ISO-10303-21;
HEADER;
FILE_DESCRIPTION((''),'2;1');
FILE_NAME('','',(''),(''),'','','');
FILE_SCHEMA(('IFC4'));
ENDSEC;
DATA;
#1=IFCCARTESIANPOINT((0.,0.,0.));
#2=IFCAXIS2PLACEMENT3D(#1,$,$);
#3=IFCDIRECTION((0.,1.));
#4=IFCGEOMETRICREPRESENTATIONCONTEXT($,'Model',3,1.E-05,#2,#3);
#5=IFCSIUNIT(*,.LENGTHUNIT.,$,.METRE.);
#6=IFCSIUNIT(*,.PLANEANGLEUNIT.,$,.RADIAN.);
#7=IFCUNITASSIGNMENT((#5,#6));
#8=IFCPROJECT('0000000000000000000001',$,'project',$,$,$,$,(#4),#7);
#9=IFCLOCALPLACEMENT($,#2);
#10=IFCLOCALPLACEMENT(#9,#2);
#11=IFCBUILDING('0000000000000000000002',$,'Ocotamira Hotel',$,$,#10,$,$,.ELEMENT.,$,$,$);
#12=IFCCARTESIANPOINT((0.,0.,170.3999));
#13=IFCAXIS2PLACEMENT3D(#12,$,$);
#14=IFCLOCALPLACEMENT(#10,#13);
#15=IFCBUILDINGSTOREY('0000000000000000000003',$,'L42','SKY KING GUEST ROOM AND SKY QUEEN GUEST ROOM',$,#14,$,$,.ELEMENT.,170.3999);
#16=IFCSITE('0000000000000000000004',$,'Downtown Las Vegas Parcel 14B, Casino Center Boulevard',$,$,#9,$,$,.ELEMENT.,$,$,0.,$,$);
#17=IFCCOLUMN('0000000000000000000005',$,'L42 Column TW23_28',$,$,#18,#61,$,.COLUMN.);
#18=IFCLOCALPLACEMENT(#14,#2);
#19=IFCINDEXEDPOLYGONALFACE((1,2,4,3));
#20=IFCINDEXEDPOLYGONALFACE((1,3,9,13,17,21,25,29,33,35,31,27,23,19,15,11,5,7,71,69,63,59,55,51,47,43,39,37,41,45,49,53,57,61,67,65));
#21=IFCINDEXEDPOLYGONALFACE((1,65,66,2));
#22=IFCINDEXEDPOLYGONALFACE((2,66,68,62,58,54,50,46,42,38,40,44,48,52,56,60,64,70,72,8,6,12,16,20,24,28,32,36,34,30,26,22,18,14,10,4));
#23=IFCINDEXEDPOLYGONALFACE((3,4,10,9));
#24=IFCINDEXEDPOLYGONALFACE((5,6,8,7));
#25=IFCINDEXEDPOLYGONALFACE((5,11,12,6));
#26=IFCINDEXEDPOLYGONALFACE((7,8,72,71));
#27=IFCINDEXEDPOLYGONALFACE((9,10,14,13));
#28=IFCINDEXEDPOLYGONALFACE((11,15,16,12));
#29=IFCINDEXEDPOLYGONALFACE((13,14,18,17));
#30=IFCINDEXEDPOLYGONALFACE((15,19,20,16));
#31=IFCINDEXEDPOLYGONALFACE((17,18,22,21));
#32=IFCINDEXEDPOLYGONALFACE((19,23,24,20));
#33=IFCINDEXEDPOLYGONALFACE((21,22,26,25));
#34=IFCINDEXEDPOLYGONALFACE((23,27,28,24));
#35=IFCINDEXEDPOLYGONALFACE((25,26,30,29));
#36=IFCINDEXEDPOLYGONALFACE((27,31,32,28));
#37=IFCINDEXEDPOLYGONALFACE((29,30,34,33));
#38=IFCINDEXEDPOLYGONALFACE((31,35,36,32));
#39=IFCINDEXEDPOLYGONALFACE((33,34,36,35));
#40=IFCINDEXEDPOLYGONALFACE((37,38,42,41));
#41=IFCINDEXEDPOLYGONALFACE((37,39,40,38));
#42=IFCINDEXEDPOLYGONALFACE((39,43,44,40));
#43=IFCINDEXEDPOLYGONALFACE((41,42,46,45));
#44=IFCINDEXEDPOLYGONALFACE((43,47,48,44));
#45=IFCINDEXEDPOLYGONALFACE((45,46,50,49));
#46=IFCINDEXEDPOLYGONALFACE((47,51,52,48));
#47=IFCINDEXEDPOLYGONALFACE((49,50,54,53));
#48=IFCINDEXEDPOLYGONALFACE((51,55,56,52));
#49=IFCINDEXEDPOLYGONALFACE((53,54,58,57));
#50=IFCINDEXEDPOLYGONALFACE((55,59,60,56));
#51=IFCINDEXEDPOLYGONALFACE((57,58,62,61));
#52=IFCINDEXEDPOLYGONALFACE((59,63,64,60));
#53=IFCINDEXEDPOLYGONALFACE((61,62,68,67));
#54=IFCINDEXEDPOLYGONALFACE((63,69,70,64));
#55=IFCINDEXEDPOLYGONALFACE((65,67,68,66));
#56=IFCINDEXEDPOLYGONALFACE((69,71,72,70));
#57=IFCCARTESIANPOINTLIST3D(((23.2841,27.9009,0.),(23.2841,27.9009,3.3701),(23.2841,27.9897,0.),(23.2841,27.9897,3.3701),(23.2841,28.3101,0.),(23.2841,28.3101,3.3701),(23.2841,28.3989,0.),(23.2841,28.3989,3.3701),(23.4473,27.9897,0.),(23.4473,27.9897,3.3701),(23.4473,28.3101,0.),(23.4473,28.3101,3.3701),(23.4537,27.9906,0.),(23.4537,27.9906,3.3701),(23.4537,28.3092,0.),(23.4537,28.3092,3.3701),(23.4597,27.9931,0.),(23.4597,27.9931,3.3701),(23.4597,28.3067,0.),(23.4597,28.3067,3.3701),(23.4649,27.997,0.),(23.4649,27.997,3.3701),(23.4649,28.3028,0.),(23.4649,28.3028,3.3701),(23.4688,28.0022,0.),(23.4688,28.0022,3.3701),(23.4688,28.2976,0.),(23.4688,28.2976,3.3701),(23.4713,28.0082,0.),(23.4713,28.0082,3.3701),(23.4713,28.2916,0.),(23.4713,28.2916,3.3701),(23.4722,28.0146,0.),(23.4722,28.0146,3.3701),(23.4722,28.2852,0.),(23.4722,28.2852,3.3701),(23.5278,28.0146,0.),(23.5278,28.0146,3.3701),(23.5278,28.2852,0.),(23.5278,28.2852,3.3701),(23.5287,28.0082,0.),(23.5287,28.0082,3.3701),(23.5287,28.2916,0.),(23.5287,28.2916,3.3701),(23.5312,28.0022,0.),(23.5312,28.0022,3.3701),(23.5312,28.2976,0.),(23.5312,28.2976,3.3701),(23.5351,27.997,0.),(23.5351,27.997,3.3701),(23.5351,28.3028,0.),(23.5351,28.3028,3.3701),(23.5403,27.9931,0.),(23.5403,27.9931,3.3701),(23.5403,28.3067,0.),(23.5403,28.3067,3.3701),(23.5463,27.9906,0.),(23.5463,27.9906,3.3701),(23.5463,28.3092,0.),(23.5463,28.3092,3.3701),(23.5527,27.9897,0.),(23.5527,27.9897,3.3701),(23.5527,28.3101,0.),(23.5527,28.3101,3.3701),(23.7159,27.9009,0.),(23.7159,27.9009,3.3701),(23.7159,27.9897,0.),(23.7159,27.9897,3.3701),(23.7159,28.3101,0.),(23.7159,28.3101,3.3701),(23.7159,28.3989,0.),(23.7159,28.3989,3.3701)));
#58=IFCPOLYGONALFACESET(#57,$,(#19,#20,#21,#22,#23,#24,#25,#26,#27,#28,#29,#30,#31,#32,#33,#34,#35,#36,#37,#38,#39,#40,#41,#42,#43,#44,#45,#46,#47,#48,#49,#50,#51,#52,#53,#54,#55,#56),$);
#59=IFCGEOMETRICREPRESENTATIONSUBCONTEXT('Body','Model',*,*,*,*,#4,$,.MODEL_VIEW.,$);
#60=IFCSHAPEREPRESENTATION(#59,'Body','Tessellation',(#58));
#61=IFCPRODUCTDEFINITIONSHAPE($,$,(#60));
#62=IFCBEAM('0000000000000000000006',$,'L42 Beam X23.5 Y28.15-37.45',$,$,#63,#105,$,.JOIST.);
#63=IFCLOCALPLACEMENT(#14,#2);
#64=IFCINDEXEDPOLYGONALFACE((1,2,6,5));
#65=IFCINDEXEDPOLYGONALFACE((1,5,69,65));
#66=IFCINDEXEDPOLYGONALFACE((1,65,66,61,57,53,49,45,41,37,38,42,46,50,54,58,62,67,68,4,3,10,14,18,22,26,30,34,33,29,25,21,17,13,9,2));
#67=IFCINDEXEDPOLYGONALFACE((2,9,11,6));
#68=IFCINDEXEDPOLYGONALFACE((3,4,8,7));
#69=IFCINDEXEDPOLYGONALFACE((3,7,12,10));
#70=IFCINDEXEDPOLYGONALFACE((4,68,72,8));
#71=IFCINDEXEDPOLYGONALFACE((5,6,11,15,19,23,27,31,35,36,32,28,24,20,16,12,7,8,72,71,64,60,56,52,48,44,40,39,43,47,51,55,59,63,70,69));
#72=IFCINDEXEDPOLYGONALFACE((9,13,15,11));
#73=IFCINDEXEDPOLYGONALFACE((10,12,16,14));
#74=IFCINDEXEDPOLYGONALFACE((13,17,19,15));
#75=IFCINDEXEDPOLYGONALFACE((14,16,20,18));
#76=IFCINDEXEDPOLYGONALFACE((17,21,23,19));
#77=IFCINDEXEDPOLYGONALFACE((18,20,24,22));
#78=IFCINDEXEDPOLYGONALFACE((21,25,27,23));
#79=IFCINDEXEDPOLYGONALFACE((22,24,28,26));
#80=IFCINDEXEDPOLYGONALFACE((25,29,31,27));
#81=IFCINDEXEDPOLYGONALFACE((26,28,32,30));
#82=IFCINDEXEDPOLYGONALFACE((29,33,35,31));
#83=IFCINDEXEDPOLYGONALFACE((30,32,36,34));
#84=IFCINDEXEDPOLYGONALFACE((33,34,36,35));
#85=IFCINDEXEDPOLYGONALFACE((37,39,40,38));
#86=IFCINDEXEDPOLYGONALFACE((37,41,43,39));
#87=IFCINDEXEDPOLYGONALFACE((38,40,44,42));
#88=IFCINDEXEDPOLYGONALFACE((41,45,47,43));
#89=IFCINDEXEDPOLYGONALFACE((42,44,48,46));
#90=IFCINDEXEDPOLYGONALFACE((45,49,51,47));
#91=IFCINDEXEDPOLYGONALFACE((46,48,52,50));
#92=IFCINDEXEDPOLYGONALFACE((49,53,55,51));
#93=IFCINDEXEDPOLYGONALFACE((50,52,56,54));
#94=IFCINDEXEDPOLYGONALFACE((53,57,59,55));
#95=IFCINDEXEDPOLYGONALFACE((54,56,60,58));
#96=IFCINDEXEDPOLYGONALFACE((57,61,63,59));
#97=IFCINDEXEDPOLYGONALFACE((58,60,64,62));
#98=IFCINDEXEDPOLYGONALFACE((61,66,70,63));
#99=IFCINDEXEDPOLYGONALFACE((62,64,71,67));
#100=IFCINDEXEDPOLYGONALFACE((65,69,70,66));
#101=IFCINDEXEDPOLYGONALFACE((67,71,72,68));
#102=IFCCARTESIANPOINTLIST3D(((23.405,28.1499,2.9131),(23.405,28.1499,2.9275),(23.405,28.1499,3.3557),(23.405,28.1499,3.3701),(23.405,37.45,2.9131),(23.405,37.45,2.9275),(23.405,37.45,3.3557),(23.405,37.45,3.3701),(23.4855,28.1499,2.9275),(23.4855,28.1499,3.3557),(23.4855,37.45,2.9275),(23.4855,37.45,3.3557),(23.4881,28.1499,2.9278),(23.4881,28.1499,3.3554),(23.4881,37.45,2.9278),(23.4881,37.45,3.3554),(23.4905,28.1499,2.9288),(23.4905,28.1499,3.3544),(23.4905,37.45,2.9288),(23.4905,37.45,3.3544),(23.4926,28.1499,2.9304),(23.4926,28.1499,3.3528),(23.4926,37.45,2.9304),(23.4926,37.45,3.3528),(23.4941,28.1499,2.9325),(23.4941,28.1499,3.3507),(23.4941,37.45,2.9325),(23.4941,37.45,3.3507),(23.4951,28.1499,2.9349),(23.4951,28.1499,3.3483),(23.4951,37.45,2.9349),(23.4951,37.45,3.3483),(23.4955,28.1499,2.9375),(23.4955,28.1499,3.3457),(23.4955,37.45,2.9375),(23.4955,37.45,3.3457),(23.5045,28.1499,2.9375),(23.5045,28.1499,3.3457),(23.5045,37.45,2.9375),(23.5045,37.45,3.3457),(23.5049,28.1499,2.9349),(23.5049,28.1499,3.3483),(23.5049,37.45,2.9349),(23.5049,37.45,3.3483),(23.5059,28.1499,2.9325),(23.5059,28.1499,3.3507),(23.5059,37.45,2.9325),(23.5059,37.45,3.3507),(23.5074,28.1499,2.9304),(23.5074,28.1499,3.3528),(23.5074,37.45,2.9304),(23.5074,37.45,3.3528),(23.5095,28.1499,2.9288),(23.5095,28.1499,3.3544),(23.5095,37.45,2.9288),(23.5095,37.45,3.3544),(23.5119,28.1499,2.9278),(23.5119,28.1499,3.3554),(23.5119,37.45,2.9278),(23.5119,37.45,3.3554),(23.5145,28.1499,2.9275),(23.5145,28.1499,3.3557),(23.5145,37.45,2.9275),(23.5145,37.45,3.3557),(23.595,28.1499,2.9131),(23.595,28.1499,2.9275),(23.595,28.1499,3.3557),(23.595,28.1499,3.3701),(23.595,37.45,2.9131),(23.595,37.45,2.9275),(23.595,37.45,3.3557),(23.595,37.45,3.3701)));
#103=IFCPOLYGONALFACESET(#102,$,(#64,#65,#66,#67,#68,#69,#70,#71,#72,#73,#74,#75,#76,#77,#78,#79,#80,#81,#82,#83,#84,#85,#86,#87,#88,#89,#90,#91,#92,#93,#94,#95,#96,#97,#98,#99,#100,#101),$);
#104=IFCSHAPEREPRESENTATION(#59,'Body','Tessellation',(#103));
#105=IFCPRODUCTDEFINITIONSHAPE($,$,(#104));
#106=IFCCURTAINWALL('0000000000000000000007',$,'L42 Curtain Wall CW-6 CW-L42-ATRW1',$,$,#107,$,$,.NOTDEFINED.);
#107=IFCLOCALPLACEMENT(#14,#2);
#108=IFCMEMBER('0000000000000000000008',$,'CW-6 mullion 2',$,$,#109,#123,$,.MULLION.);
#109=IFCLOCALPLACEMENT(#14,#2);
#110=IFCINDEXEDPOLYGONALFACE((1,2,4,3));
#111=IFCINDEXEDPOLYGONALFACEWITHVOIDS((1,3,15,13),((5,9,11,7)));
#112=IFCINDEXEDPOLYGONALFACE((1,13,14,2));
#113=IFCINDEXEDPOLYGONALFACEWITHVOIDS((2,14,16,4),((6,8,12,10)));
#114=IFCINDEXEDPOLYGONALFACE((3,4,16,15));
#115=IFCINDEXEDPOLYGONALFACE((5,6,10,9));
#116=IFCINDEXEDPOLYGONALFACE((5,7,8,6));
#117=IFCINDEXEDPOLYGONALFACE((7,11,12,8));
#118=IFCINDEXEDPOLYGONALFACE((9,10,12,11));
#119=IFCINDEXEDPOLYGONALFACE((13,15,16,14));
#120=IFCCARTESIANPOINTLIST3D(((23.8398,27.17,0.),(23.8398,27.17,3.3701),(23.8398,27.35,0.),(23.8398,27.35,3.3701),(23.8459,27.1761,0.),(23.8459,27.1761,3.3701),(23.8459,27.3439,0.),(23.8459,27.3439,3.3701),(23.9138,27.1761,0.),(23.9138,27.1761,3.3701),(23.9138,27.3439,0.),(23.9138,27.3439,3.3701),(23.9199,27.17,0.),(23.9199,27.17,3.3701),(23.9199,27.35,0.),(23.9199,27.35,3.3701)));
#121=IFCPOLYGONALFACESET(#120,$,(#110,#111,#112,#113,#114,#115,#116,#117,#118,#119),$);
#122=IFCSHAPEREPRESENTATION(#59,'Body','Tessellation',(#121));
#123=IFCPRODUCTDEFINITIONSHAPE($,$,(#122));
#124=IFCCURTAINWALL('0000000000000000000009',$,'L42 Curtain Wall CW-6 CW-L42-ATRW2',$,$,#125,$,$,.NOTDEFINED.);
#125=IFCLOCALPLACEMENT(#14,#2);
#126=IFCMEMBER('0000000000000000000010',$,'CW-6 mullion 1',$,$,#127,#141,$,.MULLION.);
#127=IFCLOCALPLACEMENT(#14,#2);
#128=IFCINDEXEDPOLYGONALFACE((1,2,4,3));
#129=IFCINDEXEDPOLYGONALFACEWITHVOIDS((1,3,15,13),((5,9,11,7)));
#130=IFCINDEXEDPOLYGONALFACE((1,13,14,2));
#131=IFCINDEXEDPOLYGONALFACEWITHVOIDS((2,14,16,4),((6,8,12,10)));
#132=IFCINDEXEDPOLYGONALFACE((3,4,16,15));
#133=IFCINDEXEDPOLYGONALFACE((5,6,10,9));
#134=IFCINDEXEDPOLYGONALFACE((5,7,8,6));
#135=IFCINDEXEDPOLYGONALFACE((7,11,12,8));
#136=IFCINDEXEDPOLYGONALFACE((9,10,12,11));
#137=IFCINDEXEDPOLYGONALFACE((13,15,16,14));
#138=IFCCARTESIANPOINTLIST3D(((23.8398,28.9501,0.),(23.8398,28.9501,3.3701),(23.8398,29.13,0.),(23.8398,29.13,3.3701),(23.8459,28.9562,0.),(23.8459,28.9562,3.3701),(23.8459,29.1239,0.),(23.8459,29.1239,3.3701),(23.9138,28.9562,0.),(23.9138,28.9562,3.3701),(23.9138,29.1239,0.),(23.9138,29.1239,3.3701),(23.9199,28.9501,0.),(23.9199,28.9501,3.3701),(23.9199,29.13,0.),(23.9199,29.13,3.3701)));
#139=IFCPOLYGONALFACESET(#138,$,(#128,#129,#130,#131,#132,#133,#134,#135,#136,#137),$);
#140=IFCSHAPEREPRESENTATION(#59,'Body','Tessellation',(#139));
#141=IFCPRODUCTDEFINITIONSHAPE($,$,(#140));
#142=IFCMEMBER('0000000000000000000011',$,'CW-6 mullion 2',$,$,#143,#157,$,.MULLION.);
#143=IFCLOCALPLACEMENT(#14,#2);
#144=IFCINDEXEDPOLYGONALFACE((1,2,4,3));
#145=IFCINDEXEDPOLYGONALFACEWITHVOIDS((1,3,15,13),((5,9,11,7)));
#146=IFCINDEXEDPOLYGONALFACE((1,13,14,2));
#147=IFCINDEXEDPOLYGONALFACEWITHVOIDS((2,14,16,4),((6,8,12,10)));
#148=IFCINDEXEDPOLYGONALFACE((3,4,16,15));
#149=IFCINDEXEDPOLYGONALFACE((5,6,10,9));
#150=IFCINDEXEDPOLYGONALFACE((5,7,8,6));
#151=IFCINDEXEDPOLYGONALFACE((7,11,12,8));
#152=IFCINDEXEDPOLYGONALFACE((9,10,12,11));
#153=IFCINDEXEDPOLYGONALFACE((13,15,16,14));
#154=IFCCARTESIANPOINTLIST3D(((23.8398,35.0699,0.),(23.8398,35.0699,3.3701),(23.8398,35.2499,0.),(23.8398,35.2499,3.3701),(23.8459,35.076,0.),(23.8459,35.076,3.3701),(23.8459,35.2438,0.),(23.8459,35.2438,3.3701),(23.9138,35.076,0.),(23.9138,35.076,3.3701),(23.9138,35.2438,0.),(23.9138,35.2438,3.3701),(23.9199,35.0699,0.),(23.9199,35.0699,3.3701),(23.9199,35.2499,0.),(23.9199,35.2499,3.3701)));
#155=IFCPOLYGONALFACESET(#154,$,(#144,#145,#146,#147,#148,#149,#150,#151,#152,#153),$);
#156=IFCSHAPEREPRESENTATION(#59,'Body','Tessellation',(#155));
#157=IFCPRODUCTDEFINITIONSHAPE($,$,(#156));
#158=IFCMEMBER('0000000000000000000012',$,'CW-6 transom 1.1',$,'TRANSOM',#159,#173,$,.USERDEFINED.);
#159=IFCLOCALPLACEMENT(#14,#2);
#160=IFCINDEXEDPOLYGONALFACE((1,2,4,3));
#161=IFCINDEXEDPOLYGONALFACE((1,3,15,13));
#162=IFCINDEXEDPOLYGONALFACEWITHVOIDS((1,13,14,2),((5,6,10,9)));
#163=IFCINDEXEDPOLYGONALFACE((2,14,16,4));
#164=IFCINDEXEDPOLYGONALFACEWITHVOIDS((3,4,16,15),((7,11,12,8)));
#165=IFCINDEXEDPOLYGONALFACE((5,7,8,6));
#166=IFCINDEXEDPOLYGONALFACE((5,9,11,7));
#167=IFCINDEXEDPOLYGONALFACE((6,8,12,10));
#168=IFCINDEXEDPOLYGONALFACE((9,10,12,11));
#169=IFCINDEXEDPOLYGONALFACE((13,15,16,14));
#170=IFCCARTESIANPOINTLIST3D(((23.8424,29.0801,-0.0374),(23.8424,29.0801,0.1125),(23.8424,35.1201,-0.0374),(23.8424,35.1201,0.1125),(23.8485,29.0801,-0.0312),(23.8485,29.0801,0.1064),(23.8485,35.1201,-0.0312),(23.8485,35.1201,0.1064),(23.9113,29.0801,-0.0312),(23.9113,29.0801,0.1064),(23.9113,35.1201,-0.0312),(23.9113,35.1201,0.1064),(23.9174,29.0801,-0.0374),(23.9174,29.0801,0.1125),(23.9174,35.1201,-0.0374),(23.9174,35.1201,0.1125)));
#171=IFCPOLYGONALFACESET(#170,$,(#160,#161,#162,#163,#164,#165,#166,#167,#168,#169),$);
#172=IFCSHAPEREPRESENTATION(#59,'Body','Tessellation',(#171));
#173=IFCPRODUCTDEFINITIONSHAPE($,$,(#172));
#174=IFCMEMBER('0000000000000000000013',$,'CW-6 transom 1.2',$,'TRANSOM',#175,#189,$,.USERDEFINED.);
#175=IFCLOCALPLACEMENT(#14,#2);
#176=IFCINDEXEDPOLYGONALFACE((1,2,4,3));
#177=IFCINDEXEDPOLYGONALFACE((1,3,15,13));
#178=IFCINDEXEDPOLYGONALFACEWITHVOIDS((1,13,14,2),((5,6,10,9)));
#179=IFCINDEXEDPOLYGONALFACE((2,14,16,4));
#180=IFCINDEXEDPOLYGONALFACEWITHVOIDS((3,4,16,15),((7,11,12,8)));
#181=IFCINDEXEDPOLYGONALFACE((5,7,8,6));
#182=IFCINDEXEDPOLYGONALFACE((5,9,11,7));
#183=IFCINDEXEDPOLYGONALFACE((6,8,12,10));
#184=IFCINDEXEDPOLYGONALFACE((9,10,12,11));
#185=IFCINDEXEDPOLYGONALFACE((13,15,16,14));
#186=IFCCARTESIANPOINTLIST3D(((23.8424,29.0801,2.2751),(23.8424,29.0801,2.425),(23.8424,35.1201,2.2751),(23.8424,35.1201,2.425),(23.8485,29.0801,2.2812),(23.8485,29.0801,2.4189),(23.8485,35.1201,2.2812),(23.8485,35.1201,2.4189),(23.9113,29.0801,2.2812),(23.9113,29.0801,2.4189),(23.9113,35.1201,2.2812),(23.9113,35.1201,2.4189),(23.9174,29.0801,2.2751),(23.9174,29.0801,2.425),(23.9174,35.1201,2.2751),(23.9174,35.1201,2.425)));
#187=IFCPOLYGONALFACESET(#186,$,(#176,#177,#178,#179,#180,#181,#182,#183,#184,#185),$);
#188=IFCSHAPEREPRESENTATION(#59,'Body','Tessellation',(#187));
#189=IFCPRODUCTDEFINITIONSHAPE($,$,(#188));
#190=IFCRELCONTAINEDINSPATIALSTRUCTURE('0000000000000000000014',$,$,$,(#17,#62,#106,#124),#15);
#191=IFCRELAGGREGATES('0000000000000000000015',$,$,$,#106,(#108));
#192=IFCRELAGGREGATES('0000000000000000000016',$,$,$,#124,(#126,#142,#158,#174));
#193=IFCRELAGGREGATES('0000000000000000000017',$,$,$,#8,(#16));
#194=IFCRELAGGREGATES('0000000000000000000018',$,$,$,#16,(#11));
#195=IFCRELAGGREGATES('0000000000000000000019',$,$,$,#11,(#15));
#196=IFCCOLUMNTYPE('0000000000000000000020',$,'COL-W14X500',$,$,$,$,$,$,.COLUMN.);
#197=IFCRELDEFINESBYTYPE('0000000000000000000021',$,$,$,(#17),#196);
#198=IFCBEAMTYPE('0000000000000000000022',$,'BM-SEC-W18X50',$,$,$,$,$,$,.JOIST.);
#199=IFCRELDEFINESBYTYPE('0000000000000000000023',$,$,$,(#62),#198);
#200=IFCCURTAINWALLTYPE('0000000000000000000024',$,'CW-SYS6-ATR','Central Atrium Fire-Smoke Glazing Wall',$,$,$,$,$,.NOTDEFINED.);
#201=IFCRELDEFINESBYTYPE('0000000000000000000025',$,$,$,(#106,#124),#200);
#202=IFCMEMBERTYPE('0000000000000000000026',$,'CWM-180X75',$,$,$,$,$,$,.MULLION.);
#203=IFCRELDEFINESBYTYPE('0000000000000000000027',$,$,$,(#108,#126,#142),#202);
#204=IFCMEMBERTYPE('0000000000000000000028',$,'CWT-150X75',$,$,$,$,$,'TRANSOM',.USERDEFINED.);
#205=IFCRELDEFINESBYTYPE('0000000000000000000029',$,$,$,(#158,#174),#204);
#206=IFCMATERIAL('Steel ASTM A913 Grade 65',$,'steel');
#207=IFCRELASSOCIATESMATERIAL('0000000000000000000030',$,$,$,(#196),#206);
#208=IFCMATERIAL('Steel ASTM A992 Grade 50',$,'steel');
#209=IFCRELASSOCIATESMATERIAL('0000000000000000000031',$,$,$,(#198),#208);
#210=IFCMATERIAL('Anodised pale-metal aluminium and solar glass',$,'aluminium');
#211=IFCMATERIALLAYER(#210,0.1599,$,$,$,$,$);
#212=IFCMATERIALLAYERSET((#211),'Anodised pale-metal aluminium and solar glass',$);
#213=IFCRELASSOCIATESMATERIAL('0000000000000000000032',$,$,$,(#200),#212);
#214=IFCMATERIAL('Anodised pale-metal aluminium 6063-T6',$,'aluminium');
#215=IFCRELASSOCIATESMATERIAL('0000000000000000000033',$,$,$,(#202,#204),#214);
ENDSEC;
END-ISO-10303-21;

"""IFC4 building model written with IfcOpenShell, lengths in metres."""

from ifc_helpers import new_model, si_unit, direction, frame, origin, origin_2d, place, context, subcontext, project, spatial, hollow_rectangle, i_section, extrude, source, transform, mapped, material, layer, layer_set, material_profile, profile_set, type_object, element, aggregate, save


model = new_model("IFC4")

# Units and contexts
model_context = context("Model", 3, precision=1e-05, world=origin(), true_north=direction((0.0, 1.0)))
body_context = subcontext(model_context, "Body", "Model", "MODEL_VIEW")
ifc_project = project(units=[si_unit("LENGTHUNIT", "METRE"), si_unit("PLANEANGLEUNIT", "RADIAN")], contexts=[model_context])

# Site, building, storey
site_placement = place(None, origin())
site = spatial("IfcSite", under=ifc_project, at=site_placement, Name="Downtown Las Vegas Parcel 14B, Casino Center Boulevard", CompositionType="ELEMENT", RefElevation=0.0)
building_placement = place(site_placement, origin())
building = spatial("IfcBuilding", under=site, at=building_placement, Name="Ocotamira Hotel", CompositionType="ELEMENT")
storey_placement = place(building_placement, frame((0.0, 0.0, 170.3999)))
storey = spatial("IfcBuildingStorey", under=building, at=storey_placement, Name="L42", Description="SKY KING GUEST ROOM AND SKY QUEEN GUEST ROOM", CompositionType="ELEMENT", Elevation=170.3999)

# Column
ifc_material_1 = material(Name="Steel ASTM A913 Grade 65", Category="steel")
ifc_material_profile_1 = material_profile(ifc_material_1, i_section(OverallWidth=0.4319, OverallDepth=0.498, WebThickness=0.0557, FlangeThickness=0.0889, FilletRadius=0.0249, at=origin_2d()), Name="W14X500")
ifc_profile_set_1 = profile_set([ifc_material_profile_1], Name="Steel ASTM A913 Grade 65")
column_type = type_object("IfcColumnType", Name="COL-W14X500", PredefinedType="COLUMN", material=ifc_profile_set_1)
shared_shape_1 = source(origin(), body_context, "Body", "SweptSolid", [
    extrude(i_section(OverallWidth=0.4319, OverallDepth=0.498, WebThickness=0.0557, FlangeThickness=0.0889, FilletRadius=0.0249, at=origin_2d()), origin(), (0.0, 0.0, 1.0), 3.3701),
])
column_placement = place(storey_placement, frame((23.5, 28.1499, 0.0), z_axis=(0.0, 0.0, 1.0), x_axis=(1.0, 0.0, 0.0)))
element("IfcColumn", 1, at=column_placement, inside=storey, type_object=column_type, Name="L42 Column TW23_28", PredefinedType="COLUMN", context=body_context, shape_type="MappedRepresentation", body=[
    mapped(shared_shape_1, transform((0.0, 0.0, 0.0), scale=1.0)),
])

# Beam
ifc_material_2 = material(Name="Steel ASTM A992 Grade 50", Category="steel")
ifc_material_profile_2 = material_profile(ifc_material_2, i_section(OverallWidth=0.1899, OverallDepth=0.457, WebThickness=0.009, FlangeThickness=0.0144, FilletRadius=0.01, at=origin_2d()), Name="W18X50")
ifc_profile_set_2 = profile_set([ifc_material_profile_2], Name="Steel ASTM A992 Grade 50")
beam_type = type_object("IfcBeamType", Name="BM-SEC-W18X50", PredefinedType="JOIST", material=ifc_profile_set_2)
shared_shape_2 = source(origin(), body_context, "Body", "SweptSolid", [
    extrude(i_section(OverallWidth=0.1899, OverallDepth=0.457, WebThickness=0.009, FlangeThickness=0.0144, FilletRadius=0.01, at=origin_2d()), origin(), (0.0, 0.0, 1.0), 9.3),
])
beam_placement = place(storey_placement, frame((23.5, 28.1499, 3.1416), z_axis=(0.0, 1.0, 0.0), x_axis=(-1.0, 0.0, 0.0)))
element("IfcBeam", 2, at=beam_placement, inside=storey, type_object=beam_type, Name="L42 Beam X23.5 Y28.15-37.45", PredefinedType="JOIST", context=body_context, shape_type="MappedRepresentation", body=[
    mapped(shared_shape_2, transform((0.0, 0.0, 0.0), scale=1.0)),
])

# Curtain wall, member
ifc_material_3 = material(Name="Anodised pale-metal aluminium and solar glass", Category="aluminium")
ifc_layer_1 = layer(ifc_material_3, 0.1599)
ifc_layer_set_1 = layer_set([ifc_layer_1], Name="Anodised pale-metal aluminium and solar glass")
curtain_wall_type = type_object("IfcCurtainWallType", Name="CW-SYS6-ATR", Description="Central Atrium Fire-Smoke Glazing Wall", PredefinedType="NOTDEFINED", material=ifc_layer_set_1)
curtain_wall_1_placement = place(storey_placement, origin())
curtain_wall_1 = element("IfcCurtainWall", 3, at=curtain_wall_1_placement, inside=storey, type_object=curtain_wall_type, Name="L42 Curtain Wall CW-6 CW-L42-ATRW1", PredefinedType="NOTDEFINED")
ifc_material_4 = material(Name="Anodised pale-metal aluminium 6063-T6", Category="aluminium")
ifc_material_profile_3 = material_profile(ifc_material_4, hollow_rectangle(XDim=0.0801, YDim=0.1799, WallThickness=0.0061, at=origin_2d()), Name="HSS180X80X6")
ifc_profile_set_3 = profile_set([ifc_material_profile_3], Name="Anodised pale-metal aluminium 6063-T6")
member_type_1 = type_object("IfcMemberType", Name="CWM-180X75", PredefinedType="MULLION", material=ifc_profile_set_3)
shared_shape_3 = source(origin(), body_context, "Body", "SweptSolid", [
    extrude(hollow_rectangle(XDim=0.0801, YDim=0.1799, WallThickness=0.0061, at=origin_2d()), origin(), (0.0, 0.0, 1.0), 3.3701),
])
member_1_placement = place(storey_placement, frame((23.8799, 27.26, 0.0), z_axis=(0.0, 0.0, 1.0), x_axis=(-1.0, 0.0, 0.0)))
member_1 = element("IfcMember", 4, at=member_1_placement, type_object=member_type_1, Name="CW-6 mullion 2", PredefinedType="MULLION", context=body_context, shape_type="MappedRepresentation", body=[
    mapped(shared_shape_3, transform((0.0, 0.0, 0.0), scale=1.0)),
])
aggregate(curtain_wall_1, [member_1])

# Curtain wall, members
curtain_wall_2_placement = place(storey_placement, origin())
curtain_wall_2 = element("IfcCurtainWall", 5, at=curtain_wall_2_placement, inside=storey, type_object=curtain_wall_type, Name="L42 Curtain Wall CW-6 CW-L42-ATRW2", PredefinedType="NOTDEFINED")
member_2_placement = place(storey_placement, frame((23.8799, 29.04, 0.0), z_axis=(0.0, 0.0, 1.0), x_axis=(-1.0, 0.0, 0.0)))
member_2 = element("IfcMember", 6, at=member_2_placement, type_object=member_type_1, Name="CW-6 mullion 1", PredefinedType="MULLION", context=body_context, shape_type="MappedRepresentation", body=[
    mapped(shared_shape_3, transform((0.0, 0.0, 0.0), scale=1.0)),
])
member_3_placement = place(storey_placement, frame((23.8799, 35.1599, 0.0), z_axis=(0.0, 0.0, 1.0), x_axis=(-1.0, 0.0, 0.0)))
member_3 = element("IfcMember", 7, at=member_3_placement, type_object=member_type_1, Name="CW-6 mullion 2", PredefinedType="MULLION", context=body_context, shape_type="MappedRepresentation", body=[
    mapped(shared_shape_3, transform((0.0, 0.0, 0.0), scale=1.0)),
])
ifc_material_profile_4 = material_profile(ifc_material_4, hollow_rectangle(XDim=0.075, YDim=0.1499, WallThickness=0.0061, at=origin_2d()), Name="HSS150X75X6")
ifc_profile_set_4 = profile_set([ifc_material_profile_4], Name="Anodised pale-metal aluminium 6063-T6")
member_type_2 = type_object("IfcMemberType", Name="CWT-150X75", ElementType="TRANSOM", PredefinedType="USERDEFINED", material=ifc_profile_set_4)
shared_shape_4 = source(origin(), body_context, "Body", "SweptSolid", [
    extrude(hollow_rectangle(XDim=0.075, YDim=0.1499, WallThickness=0.0061, at=origin_2d()), origin(), (0.0, 0.0, 1.0), 6.04),
])
member_4_placement = place(storey_placement, frame((23.8799, 29.0801, 0.0376), z_axis=(0.0, 1.0, 0.0), x_axis=(-1.0, 0.0, 0.0)))
member_4 = element("IfcMember", 8, at=member_4_placement, type_object=member_type_2, Name="CW-6 transom 1.1", ObjectType="TRANSOM", PredefinedType="USERDEFINED", context=body_context, shape_type="MappedRepresentation", body=[
    mapped(shared_shape_4, transform((0.0, 0.0, 0.0), scale=1.0)),
])
member_5_placement = place(storey_placement, frame((23.8799, 29.0801, 2.3501), z_axis=(0.0, 1.0, 0.0), x_axis=(-1.0, 0.0, 0.0)))
member_5 = element("IfcMember", 9, at=member_5_placement, type_object=member_type_2, Name="CW-6 transom 1.2", ObjectType="TRANSOM", PredefinedType="USERDEFINED", context=body_context, shape_type="MappedRepresentation", body=[
    mapped(shared_shape_4, transform((0.0, 0.0, 0.0), scale=1.0)),
])
aggregate(curtain_wall_2, [member_2, member_3, member_4, member_5])

save(model, "model.ifc")
